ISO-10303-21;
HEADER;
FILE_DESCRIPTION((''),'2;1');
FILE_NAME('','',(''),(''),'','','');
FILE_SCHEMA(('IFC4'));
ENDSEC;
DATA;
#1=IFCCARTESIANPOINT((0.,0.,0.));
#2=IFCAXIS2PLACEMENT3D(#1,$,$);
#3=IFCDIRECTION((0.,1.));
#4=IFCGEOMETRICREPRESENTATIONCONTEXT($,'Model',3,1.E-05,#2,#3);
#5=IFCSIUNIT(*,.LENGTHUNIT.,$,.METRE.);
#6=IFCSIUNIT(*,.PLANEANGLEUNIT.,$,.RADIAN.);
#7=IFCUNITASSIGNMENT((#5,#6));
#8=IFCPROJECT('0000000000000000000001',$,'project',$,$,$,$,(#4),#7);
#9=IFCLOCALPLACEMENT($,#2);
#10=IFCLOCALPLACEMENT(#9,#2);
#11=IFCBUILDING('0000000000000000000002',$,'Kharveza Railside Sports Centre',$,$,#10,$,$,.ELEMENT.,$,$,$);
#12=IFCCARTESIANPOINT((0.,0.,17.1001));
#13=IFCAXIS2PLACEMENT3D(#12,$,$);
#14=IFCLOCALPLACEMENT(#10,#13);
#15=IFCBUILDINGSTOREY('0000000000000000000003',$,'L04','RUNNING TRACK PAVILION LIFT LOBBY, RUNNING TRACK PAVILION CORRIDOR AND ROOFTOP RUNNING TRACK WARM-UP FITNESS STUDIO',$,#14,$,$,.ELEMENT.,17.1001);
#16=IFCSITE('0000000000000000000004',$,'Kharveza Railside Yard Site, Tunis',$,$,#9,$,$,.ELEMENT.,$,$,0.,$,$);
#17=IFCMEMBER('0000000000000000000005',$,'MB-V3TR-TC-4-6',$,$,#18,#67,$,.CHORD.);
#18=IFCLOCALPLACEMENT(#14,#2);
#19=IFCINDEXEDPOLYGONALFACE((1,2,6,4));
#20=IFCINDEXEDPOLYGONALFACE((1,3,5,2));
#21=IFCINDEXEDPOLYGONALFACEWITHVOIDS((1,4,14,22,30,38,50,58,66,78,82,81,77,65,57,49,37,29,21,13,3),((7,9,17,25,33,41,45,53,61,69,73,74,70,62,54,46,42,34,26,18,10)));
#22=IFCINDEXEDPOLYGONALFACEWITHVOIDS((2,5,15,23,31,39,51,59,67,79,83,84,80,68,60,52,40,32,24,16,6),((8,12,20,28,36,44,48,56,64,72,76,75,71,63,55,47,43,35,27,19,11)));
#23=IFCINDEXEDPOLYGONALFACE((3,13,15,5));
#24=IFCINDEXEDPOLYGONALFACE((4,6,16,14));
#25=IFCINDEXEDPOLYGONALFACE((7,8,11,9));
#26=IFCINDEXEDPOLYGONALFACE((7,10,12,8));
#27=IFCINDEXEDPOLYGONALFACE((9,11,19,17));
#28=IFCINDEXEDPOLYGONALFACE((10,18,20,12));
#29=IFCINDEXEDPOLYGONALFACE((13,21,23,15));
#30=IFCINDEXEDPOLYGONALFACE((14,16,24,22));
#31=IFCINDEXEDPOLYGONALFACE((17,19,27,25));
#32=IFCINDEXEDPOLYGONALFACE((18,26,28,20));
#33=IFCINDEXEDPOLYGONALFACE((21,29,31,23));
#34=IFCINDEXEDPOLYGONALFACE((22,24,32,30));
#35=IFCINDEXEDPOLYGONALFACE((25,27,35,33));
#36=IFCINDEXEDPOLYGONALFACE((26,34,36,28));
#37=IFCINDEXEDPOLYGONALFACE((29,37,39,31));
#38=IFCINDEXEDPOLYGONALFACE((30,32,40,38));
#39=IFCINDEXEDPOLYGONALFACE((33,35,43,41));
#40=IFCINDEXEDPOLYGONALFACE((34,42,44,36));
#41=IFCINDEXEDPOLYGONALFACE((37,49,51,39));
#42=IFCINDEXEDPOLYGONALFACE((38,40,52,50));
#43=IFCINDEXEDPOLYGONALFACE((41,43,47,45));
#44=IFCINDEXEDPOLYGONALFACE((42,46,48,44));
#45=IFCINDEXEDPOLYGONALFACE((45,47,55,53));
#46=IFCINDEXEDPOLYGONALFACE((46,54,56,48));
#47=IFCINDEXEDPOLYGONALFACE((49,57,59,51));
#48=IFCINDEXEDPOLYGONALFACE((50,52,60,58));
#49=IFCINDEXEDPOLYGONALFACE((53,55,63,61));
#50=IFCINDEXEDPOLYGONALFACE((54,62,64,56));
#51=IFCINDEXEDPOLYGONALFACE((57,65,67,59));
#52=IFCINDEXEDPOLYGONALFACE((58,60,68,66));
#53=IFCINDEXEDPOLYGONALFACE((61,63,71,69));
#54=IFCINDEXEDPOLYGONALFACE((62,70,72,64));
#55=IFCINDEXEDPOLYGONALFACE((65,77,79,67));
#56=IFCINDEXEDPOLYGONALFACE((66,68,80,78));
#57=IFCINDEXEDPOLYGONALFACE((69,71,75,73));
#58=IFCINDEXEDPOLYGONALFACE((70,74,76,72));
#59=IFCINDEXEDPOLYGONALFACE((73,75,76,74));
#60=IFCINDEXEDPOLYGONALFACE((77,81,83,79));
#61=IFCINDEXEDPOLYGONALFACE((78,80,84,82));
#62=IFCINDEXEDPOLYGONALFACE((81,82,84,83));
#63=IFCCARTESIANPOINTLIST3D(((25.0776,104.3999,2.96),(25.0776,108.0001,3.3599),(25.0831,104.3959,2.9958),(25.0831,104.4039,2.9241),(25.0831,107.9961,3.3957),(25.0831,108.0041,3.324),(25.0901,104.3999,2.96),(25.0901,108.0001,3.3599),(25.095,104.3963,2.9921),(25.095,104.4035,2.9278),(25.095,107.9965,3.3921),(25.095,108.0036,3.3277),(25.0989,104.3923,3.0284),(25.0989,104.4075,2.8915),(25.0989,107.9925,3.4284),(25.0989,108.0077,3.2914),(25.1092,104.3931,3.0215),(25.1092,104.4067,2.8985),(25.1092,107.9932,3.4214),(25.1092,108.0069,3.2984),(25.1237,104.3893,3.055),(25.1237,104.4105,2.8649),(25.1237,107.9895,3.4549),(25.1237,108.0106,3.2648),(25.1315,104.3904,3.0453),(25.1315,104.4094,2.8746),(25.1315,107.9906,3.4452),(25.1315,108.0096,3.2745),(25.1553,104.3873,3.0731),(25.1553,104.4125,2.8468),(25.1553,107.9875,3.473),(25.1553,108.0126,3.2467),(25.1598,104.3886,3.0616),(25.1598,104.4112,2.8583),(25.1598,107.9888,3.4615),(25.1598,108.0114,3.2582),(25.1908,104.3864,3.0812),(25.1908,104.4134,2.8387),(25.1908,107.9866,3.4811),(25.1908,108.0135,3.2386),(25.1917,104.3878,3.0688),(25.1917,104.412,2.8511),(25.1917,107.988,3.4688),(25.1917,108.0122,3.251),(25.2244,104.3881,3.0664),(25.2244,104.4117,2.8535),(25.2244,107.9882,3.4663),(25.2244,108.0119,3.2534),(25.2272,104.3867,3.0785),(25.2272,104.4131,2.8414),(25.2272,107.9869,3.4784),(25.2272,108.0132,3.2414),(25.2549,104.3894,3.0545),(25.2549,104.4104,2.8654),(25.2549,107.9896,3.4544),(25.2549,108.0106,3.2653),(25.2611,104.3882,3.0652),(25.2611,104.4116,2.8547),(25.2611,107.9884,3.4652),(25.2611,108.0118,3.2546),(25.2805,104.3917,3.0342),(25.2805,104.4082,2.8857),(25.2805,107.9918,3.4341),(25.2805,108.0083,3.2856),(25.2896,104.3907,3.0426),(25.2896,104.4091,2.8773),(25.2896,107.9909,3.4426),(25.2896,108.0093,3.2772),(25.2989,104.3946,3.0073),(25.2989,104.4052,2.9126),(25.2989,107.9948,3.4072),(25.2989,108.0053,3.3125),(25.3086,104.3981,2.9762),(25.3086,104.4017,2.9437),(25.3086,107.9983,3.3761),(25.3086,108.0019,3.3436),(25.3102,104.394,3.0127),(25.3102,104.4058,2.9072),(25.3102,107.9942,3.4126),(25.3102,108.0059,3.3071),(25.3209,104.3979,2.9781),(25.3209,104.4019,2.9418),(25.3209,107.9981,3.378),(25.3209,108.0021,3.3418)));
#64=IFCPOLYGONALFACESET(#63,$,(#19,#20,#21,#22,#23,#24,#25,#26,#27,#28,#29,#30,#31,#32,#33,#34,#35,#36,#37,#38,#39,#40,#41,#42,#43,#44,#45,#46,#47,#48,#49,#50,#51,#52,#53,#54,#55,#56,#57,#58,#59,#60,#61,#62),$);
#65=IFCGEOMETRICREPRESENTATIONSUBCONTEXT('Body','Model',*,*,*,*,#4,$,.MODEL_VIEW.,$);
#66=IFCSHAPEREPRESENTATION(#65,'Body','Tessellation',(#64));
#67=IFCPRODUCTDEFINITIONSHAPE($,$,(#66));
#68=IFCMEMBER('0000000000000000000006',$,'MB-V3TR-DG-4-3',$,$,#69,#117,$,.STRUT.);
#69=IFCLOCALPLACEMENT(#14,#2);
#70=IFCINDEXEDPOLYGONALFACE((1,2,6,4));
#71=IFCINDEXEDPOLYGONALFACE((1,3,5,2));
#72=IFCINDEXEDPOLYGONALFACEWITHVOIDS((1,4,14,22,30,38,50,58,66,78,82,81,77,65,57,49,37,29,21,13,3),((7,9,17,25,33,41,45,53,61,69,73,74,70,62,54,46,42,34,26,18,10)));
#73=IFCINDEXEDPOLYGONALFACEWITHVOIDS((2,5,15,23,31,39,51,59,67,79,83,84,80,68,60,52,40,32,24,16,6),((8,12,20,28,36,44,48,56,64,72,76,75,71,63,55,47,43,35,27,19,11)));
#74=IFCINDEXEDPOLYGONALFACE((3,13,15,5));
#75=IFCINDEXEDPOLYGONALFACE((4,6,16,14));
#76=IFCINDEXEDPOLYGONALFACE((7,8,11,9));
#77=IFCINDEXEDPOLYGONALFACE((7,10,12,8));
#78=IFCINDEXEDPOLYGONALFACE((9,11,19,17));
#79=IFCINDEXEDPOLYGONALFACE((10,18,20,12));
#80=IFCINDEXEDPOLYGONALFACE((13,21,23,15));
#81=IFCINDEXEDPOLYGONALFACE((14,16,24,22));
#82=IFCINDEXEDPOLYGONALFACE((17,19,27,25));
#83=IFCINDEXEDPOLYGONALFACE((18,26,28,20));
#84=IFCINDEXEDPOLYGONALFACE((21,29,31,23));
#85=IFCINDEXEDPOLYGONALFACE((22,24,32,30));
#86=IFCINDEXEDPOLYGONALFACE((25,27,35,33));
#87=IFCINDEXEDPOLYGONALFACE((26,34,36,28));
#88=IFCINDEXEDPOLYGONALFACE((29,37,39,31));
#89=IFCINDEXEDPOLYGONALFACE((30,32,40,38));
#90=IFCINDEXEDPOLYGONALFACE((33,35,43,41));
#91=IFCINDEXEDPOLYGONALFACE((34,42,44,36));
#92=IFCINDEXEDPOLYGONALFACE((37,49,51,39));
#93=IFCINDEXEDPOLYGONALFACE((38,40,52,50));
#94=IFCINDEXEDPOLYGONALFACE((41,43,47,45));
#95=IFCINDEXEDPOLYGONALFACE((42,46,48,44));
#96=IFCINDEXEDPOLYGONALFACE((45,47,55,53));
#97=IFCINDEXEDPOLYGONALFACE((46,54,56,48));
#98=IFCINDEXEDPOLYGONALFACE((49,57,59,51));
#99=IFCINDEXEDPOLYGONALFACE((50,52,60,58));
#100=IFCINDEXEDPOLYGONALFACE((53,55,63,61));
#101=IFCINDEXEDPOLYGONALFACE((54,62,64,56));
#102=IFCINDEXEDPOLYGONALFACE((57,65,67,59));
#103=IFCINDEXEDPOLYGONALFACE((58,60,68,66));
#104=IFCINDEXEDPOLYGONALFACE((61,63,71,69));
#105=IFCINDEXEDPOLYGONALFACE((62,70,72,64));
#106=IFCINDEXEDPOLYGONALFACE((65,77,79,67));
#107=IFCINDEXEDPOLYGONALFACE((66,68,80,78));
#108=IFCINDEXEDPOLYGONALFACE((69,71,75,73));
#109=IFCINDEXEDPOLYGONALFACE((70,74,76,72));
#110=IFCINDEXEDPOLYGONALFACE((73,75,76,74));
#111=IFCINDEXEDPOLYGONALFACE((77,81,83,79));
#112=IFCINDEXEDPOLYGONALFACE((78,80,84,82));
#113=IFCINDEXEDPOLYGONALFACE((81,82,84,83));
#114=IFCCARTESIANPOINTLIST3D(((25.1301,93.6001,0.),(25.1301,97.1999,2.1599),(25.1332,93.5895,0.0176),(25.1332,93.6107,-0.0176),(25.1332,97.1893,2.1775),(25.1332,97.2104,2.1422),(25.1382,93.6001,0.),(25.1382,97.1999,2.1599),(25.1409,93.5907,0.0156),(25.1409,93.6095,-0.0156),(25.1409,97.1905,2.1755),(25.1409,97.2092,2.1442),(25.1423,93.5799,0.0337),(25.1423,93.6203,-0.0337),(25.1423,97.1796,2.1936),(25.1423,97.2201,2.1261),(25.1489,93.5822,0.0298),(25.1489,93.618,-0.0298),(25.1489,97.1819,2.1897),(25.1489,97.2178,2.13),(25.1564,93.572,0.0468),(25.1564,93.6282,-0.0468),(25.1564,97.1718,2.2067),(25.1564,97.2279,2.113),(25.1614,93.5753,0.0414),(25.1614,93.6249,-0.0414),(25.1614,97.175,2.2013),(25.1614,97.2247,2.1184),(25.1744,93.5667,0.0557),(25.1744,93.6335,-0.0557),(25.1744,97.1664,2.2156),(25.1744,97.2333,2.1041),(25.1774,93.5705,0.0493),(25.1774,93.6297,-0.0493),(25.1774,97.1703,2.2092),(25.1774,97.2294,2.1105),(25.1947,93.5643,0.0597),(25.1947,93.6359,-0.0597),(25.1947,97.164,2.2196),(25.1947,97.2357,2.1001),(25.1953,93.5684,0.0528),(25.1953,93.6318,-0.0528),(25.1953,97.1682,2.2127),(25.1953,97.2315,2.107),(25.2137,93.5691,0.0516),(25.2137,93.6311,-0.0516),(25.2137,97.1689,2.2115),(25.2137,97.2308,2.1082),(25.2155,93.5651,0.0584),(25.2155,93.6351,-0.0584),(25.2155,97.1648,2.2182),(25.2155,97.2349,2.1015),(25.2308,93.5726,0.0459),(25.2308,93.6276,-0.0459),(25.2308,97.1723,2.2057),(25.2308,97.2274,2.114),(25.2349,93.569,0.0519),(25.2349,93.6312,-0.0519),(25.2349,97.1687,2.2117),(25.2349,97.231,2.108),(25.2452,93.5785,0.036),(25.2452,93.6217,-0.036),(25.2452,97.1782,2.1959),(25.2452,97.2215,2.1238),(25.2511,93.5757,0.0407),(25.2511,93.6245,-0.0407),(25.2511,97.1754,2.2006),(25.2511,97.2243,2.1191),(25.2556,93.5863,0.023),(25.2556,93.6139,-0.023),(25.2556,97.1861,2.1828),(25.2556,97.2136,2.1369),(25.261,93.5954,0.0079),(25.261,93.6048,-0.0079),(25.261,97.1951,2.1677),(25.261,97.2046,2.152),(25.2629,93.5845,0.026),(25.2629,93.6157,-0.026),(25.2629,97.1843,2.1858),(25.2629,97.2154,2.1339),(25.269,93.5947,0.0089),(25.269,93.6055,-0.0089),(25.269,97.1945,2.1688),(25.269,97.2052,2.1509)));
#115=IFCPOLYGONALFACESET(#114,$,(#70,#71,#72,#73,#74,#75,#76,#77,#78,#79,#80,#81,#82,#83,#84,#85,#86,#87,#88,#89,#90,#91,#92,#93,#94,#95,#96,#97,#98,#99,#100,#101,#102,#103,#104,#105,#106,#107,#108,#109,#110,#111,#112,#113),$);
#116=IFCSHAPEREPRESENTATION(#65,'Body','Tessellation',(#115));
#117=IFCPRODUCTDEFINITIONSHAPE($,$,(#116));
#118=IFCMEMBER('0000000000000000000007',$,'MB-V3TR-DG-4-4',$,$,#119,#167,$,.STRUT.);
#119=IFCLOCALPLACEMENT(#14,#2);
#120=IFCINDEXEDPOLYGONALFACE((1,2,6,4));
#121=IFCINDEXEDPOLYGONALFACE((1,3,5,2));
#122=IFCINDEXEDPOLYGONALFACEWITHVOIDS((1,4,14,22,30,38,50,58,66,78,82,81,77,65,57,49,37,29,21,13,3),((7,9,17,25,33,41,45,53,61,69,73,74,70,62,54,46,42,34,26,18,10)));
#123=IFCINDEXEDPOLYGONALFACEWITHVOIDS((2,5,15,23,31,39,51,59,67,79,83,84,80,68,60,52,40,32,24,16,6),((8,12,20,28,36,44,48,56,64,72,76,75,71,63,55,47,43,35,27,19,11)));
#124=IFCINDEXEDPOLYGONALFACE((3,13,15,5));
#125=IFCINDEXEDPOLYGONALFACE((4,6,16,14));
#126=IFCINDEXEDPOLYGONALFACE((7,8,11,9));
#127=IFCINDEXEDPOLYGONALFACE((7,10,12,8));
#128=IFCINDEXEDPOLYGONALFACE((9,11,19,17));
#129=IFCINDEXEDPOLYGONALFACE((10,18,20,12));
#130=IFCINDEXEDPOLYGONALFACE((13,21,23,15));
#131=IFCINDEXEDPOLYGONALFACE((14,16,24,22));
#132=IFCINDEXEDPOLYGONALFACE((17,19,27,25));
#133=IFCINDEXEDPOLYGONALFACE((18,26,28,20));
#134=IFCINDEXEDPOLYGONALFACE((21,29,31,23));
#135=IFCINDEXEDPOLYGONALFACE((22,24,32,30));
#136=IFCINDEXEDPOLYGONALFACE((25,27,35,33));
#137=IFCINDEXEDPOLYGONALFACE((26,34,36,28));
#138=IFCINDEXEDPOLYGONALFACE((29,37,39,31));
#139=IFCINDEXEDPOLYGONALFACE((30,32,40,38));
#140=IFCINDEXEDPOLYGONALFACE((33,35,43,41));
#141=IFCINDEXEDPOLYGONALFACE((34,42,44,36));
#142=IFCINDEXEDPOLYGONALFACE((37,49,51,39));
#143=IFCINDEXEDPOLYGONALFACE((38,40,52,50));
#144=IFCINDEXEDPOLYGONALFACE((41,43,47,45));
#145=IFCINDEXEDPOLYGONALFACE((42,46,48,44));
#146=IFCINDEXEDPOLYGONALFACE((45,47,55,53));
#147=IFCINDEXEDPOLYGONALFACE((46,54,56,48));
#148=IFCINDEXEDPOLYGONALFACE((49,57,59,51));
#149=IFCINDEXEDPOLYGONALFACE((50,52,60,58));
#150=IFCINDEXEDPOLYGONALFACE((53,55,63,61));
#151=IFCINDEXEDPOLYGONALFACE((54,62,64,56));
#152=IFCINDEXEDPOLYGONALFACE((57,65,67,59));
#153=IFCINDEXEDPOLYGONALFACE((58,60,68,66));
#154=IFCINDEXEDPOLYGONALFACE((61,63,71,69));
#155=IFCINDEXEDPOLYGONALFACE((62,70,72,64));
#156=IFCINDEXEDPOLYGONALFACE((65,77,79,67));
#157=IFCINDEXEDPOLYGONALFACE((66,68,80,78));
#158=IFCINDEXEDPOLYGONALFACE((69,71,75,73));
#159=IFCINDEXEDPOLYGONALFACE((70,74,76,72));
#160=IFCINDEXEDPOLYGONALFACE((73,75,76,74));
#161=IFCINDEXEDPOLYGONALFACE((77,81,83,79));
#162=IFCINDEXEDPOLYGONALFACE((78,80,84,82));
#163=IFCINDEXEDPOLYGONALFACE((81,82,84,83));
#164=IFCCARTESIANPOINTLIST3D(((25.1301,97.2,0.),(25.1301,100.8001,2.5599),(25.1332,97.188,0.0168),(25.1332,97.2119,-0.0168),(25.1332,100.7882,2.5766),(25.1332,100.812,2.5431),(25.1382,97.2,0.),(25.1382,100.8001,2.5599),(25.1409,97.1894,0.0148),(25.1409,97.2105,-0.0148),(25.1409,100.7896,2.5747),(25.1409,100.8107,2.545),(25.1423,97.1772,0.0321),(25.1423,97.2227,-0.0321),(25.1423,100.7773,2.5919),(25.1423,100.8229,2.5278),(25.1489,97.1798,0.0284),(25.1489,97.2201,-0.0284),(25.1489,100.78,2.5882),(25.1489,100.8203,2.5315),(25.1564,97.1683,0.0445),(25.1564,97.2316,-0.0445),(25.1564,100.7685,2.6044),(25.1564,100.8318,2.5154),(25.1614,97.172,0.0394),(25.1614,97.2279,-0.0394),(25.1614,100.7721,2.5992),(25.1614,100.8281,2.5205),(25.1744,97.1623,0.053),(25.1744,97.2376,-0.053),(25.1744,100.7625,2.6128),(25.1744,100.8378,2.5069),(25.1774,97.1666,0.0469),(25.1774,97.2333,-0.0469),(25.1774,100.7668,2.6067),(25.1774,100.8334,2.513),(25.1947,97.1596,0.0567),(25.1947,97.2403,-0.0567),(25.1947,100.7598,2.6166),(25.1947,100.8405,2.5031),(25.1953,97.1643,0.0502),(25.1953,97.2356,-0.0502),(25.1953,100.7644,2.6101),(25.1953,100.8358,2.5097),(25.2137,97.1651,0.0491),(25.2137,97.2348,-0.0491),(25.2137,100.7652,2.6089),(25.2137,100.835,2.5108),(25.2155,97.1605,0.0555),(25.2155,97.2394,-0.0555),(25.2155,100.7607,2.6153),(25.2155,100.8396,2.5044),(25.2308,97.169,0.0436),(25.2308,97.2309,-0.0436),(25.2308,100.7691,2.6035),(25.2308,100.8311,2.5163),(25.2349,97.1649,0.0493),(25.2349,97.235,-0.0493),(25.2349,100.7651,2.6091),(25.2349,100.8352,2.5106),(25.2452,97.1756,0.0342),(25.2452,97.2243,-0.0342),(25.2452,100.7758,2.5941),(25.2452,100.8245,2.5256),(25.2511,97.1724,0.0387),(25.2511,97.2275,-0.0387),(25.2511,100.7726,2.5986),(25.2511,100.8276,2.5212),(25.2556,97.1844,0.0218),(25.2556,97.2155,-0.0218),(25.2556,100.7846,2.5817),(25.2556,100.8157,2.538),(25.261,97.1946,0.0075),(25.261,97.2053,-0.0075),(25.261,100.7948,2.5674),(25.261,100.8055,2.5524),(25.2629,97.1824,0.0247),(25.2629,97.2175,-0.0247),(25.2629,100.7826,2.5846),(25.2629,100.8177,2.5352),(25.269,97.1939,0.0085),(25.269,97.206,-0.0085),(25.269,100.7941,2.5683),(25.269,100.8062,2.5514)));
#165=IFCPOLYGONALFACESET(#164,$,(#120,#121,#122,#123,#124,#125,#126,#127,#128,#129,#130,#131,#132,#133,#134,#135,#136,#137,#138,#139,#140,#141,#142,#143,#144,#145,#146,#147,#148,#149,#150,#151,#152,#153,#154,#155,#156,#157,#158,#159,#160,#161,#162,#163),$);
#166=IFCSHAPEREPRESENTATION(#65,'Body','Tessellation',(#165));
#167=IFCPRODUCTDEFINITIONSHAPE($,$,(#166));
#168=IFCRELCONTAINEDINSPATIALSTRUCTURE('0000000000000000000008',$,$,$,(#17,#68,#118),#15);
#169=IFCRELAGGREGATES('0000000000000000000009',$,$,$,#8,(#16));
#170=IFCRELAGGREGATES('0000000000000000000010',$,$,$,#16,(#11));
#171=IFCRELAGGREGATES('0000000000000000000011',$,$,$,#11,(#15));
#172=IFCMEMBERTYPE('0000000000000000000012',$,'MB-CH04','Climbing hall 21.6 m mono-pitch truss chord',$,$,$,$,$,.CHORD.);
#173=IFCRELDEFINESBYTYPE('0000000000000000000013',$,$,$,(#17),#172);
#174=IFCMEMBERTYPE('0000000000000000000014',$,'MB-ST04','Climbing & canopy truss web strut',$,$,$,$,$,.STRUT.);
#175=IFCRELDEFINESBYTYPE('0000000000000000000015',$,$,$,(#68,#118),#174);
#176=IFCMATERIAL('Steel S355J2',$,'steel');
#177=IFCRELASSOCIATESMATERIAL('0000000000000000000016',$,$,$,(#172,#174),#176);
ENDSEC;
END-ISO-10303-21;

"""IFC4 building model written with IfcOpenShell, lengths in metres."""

from ifc_helpers import new_model, si_unit, direction, frame, origin, origin_2d, place, context, subcontext, project, spatial, hollow_circle, extrude, material, material_profile, profile_set, type_object, element, save


model = new_model("IFC4")

# Units and contexts
model_context = context("Model", 3, precision=1e-05, world=origin(), true_north=direction((0.0, 1.0)))
body_context = subcontext(model_context, "Body", "Model", "MODEL_VIEW")
ifc_project = project(units=[si_unit("LENGTHUNIT", "METRE"), si_unit("PLANEANGLEUNIT", "RADIAN")], contexts=[model_context])

# Site, building, storey
site_placement = place(None, origin())
site = spatial("IfcSite", under=ifc_project, at=site_placement, Name="Kharveza Railside Yard Site, Tunis", CompositionType="ELEMENT", RefElevation=0.0)
building_placement = place(site_placement, origin())
building = spatial("IfcBuilding", under=site, at=building_placement, Name="Kharveza Railside Sports Centre", CompositionType="ELEMENT")
storey_placement = place(building_placement, frame((0.0, 0.0, 17.1001)))
storey = spatial("IfcBuildingStorey", under=building, at=storey_placement, Name="L04", Description="RUNNING TRACK PAVILION LIFT LOBBY, RUNNING TRACK PAVILION CORRIDOR AND ROOFTOP RUNNING TRACK WARM-UP FITNESS STUDIO", CompositionType="ELEMENT", Elevation=17.1001)

# Members
ifc_material_1 = material(Name="Steel S355J2", Category="steel")
ifc_material_profile_1 = material_profile(ifc_material_1, hollow_circle(Radius=0.1223, WallThickness=0.0125, at=origin_2d()), Name="CHS 244.5x12.5")
ifc_profile_set_1 = profile_set([ifc_material_profile_1], Name="Steel S355J2")
member_type_1 = type_object("IfcMemberType", Name="MB-CH04", Description="Climbing hall 21.6 m mono-pitch truss chord", PredefinedType="CHORD", material=ifc_profile_set_1)
member_1_placement = place(storey_placement, frame((25.2, 104.3999, 2.96), z_axis=(0.0, 0.993887, 0.110402), x_axis=(-1.0, 0.0, 0.0)))
element("IfcMember", 1, at=member_1_placement, inside=storey, type_object=member_type_1, Name="MB-V3TR-TC-4-6", PredefinedType="CHORD", context=body_context, shape_type="SweptSolid", body=[
    extrude(hollow_circle(Radius=0.1223, WallThickness=0.0125, at=origin_2d()), origin(), (0.0, 0.0, 1.0), 3.6223),
])
ifc_material_profile_2 = material_profile(ifc_material_1, hollow_circle(Radius=0.0698, WallThickness=0.0081, at=origin_2d()), Name="CHS 139.7x8.0")
ifc_profile_set_2 = profile_set([ifc_material_profile_2], Name="Steel S355J2")
member_type_2 = type_object("IfcMemberType", Name="MB-ST04", Description="Climbing & canopy truss web strut", PredefinedType="STRUT", material=ifc_profile_set_2)
member_2_placement = place(storey_placement, frame((25.2, 93.6001, 0.0), z_axis=(0.0, 0.857493, 0.514496), x_axis=(-1.0, 0.0, 0.0)))
element("IfcMember", 2, at=member_2_placement, inside=storey, type_object=member_type_2, Name="MB-V3TR-DG-4-3", PredefinedType="STRUT", context=body_context, shape_type="SweptSolid", body=[
    extrude(hollow_circle(Radius=0.0698, WallThickness=0.0081, at=origin_2d()), origin(), (0.0, 0.0, 1.0), 4.198),
])
member_3_placement = place(storey_placement, frame((25.2, 97.2, 0.0), z_axis=(0.0, 0.814983, 0.579485), x_axis=(-1.0, 0.0, 0.0)))
element("IfcMember", 3, at=member_3_placement, inside=storey, type_object=member_type_2, Name="MB-V3TR-DG-4-4", PredefinedType="STRUT", context=body_context, shape_type="SweptSolid", body=[
    extrude(hollow_circle(Radius=0.0698, WallThickness=0.0081, at=origin_2d()), origin(), (0.0, 0.0, 1.0), 4.4175),
])

save(model, "model.ifc")
